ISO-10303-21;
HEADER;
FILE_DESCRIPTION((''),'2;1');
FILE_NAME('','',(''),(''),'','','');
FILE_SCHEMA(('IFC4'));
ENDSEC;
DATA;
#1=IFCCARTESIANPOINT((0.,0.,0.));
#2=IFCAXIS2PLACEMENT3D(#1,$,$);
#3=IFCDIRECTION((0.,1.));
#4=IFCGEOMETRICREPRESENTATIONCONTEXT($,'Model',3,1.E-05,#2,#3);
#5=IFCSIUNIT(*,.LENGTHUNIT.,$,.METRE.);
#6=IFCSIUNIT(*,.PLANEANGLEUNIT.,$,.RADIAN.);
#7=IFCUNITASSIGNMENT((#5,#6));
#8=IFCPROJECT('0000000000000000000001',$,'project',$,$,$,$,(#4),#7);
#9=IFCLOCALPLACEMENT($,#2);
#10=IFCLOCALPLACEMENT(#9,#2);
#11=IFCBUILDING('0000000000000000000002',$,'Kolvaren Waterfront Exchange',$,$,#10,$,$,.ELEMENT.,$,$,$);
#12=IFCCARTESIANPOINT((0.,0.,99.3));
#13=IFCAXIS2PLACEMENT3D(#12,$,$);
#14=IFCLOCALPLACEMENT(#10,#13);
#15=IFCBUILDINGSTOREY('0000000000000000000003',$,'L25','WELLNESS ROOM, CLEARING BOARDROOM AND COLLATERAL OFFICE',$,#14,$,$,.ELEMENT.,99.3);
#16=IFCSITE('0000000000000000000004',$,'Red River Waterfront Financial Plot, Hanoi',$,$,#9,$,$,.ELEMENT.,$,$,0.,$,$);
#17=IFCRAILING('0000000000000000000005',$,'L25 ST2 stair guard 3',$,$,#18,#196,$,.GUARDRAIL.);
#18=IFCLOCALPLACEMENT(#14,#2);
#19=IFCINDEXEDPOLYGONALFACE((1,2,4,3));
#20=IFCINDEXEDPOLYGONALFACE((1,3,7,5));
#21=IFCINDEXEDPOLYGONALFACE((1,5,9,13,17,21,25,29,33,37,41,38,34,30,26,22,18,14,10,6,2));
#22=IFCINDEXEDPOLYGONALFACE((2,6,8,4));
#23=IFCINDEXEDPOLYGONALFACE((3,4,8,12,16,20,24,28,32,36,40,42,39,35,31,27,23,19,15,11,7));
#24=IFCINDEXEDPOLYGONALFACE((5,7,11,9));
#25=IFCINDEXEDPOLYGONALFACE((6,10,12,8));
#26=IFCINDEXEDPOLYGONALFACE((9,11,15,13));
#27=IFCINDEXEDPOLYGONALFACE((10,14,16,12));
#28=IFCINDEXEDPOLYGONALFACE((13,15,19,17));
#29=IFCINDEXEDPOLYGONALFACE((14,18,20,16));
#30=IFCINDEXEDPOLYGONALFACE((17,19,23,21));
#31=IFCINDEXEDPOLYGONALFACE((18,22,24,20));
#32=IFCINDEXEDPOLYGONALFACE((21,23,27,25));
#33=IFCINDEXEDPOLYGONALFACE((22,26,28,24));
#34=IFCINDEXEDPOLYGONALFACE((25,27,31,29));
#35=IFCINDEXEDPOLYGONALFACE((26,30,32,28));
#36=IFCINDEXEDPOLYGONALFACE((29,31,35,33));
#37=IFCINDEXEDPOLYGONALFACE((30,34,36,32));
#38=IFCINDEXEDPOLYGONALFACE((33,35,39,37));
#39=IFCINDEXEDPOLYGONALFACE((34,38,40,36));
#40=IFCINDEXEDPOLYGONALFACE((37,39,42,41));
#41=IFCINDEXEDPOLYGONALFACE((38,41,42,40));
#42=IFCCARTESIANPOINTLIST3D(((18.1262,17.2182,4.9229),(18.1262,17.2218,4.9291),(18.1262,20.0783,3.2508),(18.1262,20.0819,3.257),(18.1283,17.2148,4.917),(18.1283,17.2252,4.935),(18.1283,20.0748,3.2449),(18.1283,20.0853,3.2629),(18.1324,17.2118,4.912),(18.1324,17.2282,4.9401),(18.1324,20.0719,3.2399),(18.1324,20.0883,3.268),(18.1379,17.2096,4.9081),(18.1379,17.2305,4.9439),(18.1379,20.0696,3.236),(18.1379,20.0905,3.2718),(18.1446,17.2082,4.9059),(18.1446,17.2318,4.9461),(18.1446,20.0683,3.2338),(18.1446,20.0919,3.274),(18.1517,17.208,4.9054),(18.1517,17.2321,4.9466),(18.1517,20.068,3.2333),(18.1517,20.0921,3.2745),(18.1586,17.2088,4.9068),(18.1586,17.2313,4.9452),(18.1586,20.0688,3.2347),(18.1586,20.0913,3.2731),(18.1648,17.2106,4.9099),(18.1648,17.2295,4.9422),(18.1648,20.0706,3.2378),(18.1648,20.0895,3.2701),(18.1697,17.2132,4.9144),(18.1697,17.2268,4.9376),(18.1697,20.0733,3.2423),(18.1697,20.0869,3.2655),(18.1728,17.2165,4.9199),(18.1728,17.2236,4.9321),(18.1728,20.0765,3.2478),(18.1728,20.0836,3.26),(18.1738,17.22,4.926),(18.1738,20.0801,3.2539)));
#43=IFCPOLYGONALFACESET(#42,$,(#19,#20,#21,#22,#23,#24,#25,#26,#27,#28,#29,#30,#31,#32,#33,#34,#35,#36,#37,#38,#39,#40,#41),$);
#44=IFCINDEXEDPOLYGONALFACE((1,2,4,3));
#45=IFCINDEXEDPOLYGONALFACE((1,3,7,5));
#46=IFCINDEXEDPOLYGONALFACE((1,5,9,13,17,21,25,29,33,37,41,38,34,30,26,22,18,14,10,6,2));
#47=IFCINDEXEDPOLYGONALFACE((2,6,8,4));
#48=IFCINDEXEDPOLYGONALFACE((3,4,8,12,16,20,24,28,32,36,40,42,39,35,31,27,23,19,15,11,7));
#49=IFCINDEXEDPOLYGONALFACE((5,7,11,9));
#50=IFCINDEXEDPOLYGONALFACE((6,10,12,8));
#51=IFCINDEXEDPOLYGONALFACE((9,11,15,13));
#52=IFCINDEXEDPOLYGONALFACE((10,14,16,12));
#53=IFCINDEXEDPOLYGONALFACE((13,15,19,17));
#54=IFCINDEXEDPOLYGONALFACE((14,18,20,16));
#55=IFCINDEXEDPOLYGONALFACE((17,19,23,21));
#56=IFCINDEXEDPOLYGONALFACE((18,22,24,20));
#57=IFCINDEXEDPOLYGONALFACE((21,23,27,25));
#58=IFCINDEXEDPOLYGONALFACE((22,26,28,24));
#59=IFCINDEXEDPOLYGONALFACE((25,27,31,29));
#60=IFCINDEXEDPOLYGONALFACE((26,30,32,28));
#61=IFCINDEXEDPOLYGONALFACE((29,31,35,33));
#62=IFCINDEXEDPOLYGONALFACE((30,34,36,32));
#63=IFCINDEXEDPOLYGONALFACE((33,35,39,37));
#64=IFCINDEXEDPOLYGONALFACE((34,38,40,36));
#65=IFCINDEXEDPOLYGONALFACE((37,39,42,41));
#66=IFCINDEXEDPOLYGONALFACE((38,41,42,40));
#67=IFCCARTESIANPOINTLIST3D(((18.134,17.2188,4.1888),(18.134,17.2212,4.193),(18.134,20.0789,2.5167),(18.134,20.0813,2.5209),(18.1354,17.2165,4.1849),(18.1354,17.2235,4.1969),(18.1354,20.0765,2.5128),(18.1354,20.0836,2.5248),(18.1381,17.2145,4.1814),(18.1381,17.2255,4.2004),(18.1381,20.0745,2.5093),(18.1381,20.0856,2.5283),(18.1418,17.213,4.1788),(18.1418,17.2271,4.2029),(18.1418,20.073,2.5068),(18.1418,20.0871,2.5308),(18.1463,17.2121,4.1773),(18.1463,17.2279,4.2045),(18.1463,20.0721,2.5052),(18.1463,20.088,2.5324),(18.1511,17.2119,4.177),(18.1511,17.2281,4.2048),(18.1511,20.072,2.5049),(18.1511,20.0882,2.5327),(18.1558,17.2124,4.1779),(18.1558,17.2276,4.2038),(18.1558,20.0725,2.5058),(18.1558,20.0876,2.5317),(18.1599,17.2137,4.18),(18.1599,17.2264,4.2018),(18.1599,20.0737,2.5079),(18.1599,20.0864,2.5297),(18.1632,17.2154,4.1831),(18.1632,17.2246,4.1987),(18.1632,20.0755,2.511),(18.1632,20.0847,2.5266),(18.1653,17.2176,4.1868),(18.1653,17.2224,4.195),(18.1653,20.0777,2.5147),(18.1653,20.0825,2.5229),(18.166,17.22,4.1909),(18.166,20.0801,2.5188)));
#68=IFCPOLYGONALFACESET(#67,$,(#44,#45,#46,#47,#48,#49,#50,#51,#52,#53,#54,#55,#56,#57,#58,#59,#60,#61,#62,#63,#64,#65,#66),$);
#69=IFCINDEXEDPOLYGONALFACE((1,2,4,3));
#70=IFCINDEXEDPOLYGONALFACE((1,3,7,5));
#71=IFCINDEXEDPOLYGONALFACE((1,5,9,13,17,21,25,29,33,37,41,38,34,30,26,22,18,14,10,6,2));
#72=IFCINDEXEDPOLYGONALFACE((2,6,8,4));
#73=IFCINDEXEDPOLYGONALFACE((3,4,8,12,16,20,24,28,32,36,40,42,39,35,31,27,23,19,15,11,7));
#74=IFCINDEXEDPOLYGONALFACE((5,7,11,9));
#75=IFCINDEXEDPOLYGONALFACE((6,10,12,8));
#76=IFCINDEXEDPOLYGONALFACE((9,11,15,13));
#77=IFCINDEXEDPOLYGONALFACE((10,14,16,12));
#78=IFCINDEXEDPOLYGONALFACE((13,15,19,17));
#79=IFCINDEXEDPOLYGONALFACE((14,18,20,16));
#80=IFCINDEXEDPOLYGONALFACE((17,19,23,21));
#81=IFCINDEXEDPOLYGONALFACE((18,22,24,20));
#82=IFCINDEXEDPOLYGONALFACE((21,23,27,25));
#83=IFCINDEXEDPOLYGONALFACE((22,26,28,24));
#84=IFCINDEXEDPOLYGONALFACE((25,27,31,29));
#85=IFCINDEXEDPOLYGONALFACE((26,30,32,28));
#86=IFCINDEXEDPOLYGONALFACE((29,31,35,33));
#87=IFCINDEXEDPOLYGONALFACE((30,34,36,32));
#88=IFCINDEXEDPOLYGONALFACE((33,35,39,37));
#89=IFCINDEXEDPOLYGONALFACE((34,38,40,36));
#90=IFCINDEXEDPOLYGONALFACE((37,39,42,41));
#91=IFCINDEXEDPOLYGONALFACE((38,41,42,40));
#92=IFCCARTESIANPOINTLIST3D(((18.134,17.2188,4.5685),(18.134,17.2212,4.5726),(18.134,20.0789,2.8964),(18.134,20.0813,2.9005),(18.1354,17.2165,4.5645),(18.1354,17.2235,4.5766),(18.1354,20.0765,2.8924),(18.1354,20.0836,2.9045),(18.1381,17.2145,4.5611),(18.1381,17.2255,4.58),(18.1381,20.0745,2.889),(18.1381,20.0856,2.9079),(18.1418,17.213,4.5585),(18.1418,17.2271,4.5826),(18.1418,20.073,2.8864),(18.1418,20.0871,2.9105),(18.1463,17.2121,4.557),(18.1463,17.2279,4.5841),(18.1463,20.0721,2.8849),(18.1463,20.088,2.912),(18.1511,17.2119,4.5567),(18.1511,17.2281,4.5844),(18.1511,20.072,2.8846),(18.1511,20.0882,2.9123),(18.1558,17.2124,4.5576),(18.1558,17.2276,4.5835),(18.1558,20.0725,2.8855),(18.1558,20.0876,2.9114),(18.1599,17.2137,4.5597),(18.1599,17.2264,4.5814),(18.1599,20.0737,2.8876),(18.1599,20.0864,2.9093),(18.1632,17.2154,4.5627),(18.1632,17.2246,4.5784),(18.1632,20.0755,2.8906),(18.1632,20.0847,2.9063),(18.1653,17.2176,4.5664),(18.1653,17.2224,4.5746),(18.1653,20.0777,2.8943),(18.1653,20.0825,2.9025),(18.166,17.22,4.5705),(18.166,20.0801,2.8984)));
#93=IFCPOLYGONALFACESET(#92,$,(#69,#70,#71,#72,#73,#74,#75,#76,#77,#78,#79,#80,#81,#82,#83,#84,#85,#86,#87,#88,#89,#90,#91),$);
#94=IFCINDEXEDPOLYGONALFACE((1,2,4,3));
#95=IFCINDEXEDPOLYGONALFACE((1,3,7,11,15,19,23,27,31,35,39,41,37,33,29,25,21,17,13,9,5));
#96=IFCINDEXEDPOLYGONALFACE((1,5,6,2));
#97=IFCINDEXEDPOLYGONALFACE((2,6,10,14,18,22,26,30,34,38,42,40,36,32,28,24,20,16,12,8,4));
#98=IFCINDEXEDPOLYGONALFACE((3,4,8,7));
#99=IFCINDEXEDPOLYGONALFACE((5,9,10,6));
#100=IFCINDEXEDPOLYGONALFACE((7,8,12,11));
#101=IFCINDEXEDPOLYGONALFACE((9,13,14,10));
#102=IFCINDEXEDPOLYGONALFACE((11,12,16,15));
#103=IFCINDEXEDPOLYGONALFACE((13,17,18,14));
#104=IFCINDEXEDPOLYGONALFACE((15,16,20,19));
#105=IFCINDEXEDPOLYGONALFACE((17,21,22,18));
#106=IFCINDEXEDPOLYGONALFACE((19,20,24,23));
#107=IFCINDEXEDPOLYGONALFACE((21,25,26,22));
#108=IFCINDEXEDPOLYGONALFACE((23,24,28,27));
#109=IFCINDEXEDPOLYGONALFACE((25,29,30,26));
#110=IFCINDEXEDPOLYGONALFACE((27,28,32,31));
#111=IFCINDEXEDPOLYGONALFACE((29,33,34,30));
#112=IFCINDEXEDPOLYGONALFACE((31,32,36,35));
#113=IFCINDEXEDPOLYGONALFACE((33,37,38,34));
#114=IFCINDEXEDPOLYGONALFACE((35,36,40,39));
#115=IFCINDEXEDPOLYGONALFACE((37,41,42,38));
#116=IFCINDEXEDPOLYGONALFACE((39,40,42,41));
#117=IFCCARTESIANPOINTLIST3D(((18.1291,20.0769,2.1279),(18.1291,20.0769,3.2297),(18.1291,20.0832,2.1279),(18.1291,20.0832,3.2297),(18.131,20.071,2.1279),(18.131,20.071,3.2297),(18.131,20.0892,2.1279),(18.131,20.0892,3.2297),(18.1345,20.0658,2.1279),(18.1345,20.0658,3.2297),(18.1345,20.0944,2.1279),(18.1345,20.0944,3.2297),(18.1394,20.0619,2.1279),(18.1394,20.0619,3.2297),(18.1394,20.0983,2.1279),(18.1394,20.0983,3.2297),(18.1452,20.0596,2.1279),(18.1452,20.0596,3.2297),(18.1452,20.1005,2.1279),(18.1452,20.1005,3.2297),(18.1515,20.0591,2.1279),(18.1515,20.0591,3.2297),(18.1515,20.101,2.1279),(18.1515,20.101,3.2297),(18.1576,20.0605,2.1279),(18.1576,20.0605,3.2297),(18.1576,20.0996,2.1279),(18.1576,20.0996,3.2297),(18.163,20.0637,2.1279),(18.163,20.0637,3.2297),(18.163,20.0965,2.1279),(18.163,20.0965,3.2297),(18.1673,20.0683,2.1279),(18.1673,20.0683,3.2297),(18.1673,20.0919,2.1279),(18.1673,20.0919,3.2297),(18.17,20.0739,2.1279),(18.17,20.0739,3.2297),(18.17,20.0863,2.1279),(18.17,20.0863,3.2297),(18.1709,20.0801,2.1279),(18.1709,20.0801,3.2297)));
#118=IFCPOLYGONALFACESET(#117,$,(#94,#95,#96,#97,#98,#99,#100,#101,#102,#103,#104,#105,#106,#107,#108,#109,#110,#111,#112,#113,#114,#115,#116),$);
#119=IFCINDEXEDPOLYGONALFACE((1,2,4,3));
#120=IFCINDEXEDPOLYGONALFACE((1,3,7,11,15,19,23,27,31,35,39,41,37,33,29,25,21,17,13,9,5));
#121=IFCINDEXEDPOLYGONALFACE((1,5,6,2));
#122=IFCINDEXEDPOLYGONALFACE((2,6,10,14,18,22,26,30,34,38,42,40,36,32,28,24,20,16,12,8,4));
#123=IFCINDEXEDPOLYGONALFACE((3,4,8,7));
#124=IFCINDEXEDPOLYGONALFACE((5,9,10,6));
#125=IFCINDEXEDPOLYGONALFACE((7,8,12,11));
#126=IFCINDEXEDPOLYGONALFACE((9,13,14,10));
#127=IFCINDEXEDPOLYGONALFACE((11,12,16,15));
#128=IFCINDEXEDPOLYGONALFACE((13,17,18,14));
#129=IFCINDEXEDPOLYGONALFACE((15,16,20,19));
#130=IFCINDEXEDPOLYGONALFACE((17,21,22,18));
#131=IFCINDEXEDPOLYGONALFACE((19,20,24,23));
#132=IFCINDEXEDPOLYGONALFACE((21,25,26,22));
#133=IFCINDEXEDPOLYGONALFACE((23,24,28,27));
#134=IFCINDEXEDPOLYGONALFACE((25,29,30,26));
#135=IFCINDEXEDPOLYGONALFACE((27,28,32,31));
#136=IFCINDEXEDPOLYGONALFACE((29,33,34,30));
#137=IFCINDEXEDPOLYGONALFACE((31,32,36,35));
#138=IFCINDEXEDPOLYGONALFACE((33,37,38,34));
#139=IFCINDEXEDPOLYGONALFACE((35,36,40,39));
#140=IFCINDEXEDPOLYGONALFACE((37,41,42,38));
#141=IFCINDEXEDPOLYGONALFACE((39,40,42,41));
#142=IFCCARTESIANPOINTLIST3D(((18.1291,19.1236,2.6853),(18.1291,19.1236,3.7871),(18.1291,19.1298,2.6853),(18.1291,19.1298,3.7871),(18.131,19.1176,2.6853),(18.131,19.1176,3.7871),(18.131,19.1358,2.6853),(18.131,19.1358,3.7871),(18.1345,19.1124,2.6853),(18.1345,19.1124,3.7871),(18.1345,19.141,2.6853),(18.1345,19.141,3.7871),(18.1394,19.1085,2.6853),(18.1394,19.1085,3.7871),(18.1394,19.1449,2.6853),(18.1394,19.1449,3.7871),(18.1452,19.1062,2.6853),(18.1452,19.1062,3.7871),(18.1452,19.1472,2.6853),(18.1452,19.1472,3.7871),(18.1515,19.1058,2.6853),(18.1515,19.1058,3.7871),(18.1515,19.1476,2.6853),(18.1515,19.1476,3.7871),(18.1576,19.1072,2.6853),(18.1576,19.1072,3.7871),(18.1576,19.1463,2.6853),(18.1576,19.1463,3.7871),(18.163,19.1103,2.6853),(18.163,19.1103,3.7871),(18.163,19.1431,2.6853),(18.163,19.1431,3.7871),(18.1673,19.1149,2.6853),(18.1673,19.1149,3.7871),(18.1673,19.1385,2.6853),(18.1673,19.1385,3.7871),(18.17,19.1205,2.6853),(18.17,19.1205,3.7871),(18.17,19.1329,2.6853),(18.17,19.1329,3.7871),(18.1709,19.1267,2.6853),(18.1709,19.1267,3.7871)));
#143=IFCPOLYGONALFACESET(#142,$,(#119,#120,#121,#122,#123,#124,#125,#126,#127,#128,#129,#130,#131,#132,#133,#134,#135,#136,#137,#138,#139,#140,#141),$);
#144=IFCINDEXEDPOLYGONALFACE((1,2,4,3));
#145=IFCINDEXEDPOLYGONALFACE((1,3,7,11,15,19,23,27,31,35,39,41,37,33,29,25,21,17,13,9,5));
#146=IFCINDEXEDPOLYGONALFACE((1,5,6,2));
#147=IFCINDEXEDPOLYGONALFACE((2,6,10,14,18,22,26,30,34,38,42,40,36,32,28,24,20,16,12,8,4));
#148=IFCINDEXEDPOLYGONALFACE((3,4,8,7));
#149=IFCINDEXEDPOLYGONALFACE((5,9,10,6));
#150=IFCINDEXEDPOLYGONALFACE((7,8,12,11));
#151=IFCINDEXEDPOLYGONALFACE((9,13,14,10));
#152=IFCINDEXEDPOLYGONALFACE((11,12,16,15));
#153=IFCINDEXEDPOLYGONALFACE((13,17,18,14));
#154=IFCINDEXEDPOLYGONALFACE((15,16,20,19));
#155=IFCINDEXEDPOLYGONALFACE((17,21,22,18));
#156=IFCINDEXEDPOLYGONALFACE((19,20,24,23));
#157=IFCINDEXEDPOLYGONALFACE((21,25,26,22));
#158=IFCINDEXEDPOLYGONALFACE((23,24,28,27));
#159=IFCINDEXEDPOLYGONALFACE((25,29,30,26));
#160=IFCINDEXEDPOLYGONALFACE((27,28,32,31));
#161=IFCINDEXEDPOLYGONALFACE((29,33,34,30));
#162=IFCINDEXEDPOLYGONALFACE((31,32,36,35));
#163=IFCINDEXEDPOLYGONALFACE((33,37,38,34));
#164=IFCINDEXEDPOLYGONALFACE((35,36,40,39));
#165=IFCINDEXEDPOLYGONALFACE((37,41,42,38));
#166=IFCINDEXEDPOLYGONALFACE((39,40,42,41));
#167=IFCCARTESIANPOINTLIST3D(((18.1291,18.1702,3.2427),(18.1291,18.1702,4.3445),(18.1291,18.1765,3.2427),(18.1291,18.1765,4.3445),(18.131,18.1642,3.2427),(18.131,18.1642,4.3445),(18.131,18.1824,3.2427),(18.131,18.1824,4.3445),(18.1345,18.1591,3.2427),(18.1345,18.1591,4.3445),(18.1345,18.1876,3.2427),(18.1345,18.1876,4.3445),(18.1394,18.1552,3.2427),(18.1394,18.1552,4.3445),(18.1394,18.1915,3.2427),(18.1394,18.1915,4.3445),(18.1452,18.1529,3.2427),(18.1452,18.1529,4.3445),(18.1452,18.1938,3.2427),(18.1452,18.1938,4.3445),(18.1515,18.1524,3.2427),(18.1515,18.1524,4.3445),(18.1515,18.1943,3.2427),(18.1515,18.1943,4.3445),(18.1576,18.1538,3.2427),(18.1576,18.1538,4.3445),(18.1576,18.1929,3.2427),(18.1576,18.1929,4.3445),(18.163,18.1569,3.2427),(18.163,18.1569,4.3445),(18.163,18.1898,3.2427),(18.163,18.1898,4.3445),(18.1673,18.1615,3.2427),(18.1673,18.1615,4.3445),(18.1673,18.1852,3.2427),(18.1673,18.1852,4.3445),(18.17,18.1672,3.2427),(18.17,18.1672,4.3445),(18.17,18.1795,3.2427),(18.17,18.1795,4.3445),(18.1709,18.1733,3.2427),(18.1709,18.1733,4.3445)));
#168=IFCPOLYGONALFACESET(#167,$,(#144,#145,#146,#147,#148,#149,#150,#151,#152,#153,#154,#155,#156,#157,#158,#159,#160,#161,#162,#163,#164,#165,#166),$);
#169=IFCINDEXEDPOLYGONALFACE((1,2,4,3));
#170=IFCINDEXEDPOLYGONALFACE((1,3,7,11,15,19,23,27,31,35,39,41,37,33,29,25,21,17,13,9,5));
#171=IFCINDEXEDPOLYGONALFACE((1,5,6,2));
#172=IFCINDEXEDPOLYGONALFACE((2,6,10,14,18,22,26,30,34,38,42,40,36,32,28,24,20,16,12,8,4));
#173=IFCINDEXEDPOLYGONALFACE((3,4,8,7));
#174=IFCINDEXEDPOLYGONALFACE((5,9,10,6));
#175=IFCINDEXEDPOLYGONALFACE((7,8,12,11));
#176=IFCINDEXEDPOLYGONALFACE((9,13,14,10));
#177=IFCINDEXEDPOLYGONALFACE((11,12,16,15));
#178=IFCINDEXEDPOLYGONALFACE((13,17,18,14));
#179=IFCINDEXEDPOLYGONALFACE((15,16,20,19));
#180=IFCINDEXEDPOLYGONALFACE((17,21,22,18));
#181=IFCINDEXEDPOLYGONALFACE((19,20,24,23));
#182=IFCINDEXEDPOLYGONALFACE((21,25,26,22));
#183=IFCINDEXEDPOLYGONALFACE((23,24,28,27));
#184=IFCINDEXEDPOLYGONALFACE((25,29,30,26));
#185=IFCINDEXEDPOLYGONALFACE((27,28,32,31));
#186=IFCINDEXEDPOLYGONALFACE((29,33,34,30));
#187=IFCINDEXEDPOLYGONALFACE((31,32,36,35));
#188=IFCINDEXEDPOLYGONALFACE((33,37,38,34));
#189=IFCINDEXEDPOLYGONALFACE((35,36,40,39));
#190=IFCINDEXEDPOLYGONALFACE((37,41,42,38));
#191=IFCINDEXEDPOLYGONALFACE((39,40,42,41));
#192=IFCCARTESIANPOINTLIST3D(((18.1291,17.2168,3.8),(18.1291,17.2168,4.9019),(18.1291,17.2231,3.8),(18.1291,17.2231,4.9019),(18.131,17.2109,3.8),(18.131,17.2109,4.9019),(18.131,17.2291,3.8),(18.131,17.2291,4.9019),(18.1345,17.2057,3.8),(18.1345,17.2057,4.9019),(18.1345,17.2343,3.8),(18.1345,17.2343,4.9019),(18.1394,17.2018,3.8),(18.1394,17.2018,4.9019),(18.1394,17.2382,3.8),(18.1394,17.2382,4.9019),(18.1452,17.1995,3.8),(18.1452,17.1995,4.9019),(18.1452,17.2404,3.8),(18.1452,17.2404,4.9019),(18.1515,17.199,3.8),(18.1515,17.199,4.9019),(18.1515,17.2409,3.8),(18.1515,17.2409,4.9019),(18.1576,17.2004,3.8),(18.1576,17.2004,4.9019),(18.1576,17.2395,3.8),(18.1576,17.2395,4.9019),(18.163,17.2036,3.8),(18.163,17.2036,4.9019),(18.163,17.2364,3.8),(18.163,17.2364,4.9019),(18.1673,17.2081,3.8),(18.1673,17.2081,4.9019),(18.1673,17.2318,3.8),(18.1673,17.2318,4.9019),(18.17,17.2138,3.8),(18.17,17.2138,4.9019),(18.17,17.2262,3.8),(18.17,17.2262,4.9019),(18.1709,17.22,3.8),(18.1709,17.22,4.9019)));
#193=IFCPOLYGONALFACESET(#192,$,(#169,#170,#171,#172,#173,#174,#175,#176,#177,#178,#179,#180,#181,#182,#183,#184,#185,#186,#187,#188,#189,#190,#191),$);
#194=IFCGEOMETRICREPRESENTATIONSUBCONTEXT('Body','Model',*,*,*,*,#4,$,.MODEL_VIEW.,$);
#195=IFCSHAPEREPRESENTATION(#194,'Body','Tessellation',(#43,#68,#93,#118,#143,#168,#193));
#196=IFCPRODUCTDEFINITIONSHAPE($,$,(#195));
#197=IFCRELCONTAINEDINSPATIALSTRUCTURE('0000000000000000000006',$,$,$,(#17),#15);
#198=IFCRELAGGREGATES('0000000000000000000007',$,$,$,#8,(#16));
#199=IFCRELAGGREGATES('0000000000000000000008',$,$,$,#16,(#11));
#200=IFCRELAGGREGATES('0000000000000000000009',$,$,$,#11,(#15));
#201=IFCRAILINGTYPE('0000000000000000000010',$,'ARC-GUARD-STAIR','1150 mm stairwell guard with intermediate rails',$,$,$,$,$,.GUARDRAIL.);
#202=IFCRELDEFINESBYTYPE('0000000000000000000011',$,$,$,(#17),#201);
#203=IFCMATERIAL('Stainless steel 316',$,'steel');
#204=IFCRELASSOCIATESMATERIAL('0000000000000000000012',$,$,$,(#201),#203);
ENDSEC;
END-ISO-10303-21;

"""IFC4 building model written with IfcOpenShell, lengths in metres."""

from ifc_helpers import new_model, si_unit, direction, frame, origin, origin_2d, place, context, subcontext, project, spatial, circle, extrude, material, type_object, element, save


model = new_model("IFC4")

# Units and contexts
model_context = context("Model", 3, precision=1e-05, world=origin(), true_north=direction((0.0, 1.0)))
body_context = subcontext(model_context, "Body", "Model", "MODEL_VIEW")
ifc_project = project(units=[si_unit("LENGTHUNIT", "METRE"), si_unit("PLANEANGLEUNIT", "RADIAN")], contexts=[model_context])

# Site, building, storey
site_placement = place(None, origin())
site = spatial("IfcSite", under=ifc_project, at=site_placement, Name="Red River Waterfront Financial Plot, Hanoi", CompositionType="ELEMENT", RefElevation=0.0)
building_placement = place(site_placement, origin())
building = spatial("IfcBuilding", under=site, at=building_placement, Name="Kolvaren Waterfront Exchange", CompositionType="ELEMENT")
storey_placement = place(building_placement, frame((0.0, 0.0, 99.3)))
storey = spatial("IfcBuildingStorey", under=building, at=storey_placement, Name="L25", Description="WELLNESS ROOM, CLEARING BOARDROOM AND COLLATERAL OFFICE", CompositionType="ELEMENT", Elevation=99.3)

# Railing
ifc_material_1 = material(Name="Stainless steel 316", Category="steel")
railing_type_1 = type_object("IfcRailingType", Name="ARC-GUARD-STAIR", Description="1150 mm stairwell guard with intermediate rails", PredefinedType="GUARDRAIL", material=ifc_material_1)
railing_1_placement = place(storey_placement, frame((18.1499, 20.0801, 2.1279)))
element("IfcRailing", 1, at=railing_1_placement, inside=storey, type_object=railing_type_1, Name="L25 ST2 stair guard 3", PredefinedType="GUARDRAIL", context=body_context, shape_type="SweptSolid", body=[
    extrude(circle(Radius=0.0239, at=origin_2d()), frame((0.0, 0.0, 1.126), z_axis=(0.0, -0.863289, 0.504709), x_axis=(1.0, 0.0, 0.0)), (0.0, 0.0, 1.0), 3.313),
    extrude(circle(Radius=0.0161, at=origin_2d()), frame((0.0, 0.0, 0.3909), z_axis=(0.0, -0.863289, 0.504709), x_axis=(1.0, 0.0, 0.0)), (0.0, 0.0, 1.0), 3.313),
    extrude(circle(Radius=0.0161, at=origin_2d()), frame((0.0, 0.0, 0.7705), z_axis=(0.0, -0.863289, 0.504709), x_axis=(1.0, 0.0, 0.0)), (0.0, 0.0, 1.0), 3.313),
    extrude(circle(Radius=0.021, at=origin_2d()), origin(), (0.0, 0.0, 1.0), 1.1018),
    extrude(circle(Radius=0.021, at=origin_2d()), frame((0.0, -0.9534, 0.5574)), (0.0, 0.0, 1.0), 1.1018),
    extrude(circle(Radius=0.021, at=origin_2d()), frame((0.0, -1.9067, 1.1147)), (0.0, 0.0, 1.0), 1.1018),
    extrude(circle(Radius=0.021, at=origin_2d()), frame((0.0, -2.8601, 1.6721)), (0.0, 0.0, 1.0), 1.1018),
])

save(model, "model.ifc")
